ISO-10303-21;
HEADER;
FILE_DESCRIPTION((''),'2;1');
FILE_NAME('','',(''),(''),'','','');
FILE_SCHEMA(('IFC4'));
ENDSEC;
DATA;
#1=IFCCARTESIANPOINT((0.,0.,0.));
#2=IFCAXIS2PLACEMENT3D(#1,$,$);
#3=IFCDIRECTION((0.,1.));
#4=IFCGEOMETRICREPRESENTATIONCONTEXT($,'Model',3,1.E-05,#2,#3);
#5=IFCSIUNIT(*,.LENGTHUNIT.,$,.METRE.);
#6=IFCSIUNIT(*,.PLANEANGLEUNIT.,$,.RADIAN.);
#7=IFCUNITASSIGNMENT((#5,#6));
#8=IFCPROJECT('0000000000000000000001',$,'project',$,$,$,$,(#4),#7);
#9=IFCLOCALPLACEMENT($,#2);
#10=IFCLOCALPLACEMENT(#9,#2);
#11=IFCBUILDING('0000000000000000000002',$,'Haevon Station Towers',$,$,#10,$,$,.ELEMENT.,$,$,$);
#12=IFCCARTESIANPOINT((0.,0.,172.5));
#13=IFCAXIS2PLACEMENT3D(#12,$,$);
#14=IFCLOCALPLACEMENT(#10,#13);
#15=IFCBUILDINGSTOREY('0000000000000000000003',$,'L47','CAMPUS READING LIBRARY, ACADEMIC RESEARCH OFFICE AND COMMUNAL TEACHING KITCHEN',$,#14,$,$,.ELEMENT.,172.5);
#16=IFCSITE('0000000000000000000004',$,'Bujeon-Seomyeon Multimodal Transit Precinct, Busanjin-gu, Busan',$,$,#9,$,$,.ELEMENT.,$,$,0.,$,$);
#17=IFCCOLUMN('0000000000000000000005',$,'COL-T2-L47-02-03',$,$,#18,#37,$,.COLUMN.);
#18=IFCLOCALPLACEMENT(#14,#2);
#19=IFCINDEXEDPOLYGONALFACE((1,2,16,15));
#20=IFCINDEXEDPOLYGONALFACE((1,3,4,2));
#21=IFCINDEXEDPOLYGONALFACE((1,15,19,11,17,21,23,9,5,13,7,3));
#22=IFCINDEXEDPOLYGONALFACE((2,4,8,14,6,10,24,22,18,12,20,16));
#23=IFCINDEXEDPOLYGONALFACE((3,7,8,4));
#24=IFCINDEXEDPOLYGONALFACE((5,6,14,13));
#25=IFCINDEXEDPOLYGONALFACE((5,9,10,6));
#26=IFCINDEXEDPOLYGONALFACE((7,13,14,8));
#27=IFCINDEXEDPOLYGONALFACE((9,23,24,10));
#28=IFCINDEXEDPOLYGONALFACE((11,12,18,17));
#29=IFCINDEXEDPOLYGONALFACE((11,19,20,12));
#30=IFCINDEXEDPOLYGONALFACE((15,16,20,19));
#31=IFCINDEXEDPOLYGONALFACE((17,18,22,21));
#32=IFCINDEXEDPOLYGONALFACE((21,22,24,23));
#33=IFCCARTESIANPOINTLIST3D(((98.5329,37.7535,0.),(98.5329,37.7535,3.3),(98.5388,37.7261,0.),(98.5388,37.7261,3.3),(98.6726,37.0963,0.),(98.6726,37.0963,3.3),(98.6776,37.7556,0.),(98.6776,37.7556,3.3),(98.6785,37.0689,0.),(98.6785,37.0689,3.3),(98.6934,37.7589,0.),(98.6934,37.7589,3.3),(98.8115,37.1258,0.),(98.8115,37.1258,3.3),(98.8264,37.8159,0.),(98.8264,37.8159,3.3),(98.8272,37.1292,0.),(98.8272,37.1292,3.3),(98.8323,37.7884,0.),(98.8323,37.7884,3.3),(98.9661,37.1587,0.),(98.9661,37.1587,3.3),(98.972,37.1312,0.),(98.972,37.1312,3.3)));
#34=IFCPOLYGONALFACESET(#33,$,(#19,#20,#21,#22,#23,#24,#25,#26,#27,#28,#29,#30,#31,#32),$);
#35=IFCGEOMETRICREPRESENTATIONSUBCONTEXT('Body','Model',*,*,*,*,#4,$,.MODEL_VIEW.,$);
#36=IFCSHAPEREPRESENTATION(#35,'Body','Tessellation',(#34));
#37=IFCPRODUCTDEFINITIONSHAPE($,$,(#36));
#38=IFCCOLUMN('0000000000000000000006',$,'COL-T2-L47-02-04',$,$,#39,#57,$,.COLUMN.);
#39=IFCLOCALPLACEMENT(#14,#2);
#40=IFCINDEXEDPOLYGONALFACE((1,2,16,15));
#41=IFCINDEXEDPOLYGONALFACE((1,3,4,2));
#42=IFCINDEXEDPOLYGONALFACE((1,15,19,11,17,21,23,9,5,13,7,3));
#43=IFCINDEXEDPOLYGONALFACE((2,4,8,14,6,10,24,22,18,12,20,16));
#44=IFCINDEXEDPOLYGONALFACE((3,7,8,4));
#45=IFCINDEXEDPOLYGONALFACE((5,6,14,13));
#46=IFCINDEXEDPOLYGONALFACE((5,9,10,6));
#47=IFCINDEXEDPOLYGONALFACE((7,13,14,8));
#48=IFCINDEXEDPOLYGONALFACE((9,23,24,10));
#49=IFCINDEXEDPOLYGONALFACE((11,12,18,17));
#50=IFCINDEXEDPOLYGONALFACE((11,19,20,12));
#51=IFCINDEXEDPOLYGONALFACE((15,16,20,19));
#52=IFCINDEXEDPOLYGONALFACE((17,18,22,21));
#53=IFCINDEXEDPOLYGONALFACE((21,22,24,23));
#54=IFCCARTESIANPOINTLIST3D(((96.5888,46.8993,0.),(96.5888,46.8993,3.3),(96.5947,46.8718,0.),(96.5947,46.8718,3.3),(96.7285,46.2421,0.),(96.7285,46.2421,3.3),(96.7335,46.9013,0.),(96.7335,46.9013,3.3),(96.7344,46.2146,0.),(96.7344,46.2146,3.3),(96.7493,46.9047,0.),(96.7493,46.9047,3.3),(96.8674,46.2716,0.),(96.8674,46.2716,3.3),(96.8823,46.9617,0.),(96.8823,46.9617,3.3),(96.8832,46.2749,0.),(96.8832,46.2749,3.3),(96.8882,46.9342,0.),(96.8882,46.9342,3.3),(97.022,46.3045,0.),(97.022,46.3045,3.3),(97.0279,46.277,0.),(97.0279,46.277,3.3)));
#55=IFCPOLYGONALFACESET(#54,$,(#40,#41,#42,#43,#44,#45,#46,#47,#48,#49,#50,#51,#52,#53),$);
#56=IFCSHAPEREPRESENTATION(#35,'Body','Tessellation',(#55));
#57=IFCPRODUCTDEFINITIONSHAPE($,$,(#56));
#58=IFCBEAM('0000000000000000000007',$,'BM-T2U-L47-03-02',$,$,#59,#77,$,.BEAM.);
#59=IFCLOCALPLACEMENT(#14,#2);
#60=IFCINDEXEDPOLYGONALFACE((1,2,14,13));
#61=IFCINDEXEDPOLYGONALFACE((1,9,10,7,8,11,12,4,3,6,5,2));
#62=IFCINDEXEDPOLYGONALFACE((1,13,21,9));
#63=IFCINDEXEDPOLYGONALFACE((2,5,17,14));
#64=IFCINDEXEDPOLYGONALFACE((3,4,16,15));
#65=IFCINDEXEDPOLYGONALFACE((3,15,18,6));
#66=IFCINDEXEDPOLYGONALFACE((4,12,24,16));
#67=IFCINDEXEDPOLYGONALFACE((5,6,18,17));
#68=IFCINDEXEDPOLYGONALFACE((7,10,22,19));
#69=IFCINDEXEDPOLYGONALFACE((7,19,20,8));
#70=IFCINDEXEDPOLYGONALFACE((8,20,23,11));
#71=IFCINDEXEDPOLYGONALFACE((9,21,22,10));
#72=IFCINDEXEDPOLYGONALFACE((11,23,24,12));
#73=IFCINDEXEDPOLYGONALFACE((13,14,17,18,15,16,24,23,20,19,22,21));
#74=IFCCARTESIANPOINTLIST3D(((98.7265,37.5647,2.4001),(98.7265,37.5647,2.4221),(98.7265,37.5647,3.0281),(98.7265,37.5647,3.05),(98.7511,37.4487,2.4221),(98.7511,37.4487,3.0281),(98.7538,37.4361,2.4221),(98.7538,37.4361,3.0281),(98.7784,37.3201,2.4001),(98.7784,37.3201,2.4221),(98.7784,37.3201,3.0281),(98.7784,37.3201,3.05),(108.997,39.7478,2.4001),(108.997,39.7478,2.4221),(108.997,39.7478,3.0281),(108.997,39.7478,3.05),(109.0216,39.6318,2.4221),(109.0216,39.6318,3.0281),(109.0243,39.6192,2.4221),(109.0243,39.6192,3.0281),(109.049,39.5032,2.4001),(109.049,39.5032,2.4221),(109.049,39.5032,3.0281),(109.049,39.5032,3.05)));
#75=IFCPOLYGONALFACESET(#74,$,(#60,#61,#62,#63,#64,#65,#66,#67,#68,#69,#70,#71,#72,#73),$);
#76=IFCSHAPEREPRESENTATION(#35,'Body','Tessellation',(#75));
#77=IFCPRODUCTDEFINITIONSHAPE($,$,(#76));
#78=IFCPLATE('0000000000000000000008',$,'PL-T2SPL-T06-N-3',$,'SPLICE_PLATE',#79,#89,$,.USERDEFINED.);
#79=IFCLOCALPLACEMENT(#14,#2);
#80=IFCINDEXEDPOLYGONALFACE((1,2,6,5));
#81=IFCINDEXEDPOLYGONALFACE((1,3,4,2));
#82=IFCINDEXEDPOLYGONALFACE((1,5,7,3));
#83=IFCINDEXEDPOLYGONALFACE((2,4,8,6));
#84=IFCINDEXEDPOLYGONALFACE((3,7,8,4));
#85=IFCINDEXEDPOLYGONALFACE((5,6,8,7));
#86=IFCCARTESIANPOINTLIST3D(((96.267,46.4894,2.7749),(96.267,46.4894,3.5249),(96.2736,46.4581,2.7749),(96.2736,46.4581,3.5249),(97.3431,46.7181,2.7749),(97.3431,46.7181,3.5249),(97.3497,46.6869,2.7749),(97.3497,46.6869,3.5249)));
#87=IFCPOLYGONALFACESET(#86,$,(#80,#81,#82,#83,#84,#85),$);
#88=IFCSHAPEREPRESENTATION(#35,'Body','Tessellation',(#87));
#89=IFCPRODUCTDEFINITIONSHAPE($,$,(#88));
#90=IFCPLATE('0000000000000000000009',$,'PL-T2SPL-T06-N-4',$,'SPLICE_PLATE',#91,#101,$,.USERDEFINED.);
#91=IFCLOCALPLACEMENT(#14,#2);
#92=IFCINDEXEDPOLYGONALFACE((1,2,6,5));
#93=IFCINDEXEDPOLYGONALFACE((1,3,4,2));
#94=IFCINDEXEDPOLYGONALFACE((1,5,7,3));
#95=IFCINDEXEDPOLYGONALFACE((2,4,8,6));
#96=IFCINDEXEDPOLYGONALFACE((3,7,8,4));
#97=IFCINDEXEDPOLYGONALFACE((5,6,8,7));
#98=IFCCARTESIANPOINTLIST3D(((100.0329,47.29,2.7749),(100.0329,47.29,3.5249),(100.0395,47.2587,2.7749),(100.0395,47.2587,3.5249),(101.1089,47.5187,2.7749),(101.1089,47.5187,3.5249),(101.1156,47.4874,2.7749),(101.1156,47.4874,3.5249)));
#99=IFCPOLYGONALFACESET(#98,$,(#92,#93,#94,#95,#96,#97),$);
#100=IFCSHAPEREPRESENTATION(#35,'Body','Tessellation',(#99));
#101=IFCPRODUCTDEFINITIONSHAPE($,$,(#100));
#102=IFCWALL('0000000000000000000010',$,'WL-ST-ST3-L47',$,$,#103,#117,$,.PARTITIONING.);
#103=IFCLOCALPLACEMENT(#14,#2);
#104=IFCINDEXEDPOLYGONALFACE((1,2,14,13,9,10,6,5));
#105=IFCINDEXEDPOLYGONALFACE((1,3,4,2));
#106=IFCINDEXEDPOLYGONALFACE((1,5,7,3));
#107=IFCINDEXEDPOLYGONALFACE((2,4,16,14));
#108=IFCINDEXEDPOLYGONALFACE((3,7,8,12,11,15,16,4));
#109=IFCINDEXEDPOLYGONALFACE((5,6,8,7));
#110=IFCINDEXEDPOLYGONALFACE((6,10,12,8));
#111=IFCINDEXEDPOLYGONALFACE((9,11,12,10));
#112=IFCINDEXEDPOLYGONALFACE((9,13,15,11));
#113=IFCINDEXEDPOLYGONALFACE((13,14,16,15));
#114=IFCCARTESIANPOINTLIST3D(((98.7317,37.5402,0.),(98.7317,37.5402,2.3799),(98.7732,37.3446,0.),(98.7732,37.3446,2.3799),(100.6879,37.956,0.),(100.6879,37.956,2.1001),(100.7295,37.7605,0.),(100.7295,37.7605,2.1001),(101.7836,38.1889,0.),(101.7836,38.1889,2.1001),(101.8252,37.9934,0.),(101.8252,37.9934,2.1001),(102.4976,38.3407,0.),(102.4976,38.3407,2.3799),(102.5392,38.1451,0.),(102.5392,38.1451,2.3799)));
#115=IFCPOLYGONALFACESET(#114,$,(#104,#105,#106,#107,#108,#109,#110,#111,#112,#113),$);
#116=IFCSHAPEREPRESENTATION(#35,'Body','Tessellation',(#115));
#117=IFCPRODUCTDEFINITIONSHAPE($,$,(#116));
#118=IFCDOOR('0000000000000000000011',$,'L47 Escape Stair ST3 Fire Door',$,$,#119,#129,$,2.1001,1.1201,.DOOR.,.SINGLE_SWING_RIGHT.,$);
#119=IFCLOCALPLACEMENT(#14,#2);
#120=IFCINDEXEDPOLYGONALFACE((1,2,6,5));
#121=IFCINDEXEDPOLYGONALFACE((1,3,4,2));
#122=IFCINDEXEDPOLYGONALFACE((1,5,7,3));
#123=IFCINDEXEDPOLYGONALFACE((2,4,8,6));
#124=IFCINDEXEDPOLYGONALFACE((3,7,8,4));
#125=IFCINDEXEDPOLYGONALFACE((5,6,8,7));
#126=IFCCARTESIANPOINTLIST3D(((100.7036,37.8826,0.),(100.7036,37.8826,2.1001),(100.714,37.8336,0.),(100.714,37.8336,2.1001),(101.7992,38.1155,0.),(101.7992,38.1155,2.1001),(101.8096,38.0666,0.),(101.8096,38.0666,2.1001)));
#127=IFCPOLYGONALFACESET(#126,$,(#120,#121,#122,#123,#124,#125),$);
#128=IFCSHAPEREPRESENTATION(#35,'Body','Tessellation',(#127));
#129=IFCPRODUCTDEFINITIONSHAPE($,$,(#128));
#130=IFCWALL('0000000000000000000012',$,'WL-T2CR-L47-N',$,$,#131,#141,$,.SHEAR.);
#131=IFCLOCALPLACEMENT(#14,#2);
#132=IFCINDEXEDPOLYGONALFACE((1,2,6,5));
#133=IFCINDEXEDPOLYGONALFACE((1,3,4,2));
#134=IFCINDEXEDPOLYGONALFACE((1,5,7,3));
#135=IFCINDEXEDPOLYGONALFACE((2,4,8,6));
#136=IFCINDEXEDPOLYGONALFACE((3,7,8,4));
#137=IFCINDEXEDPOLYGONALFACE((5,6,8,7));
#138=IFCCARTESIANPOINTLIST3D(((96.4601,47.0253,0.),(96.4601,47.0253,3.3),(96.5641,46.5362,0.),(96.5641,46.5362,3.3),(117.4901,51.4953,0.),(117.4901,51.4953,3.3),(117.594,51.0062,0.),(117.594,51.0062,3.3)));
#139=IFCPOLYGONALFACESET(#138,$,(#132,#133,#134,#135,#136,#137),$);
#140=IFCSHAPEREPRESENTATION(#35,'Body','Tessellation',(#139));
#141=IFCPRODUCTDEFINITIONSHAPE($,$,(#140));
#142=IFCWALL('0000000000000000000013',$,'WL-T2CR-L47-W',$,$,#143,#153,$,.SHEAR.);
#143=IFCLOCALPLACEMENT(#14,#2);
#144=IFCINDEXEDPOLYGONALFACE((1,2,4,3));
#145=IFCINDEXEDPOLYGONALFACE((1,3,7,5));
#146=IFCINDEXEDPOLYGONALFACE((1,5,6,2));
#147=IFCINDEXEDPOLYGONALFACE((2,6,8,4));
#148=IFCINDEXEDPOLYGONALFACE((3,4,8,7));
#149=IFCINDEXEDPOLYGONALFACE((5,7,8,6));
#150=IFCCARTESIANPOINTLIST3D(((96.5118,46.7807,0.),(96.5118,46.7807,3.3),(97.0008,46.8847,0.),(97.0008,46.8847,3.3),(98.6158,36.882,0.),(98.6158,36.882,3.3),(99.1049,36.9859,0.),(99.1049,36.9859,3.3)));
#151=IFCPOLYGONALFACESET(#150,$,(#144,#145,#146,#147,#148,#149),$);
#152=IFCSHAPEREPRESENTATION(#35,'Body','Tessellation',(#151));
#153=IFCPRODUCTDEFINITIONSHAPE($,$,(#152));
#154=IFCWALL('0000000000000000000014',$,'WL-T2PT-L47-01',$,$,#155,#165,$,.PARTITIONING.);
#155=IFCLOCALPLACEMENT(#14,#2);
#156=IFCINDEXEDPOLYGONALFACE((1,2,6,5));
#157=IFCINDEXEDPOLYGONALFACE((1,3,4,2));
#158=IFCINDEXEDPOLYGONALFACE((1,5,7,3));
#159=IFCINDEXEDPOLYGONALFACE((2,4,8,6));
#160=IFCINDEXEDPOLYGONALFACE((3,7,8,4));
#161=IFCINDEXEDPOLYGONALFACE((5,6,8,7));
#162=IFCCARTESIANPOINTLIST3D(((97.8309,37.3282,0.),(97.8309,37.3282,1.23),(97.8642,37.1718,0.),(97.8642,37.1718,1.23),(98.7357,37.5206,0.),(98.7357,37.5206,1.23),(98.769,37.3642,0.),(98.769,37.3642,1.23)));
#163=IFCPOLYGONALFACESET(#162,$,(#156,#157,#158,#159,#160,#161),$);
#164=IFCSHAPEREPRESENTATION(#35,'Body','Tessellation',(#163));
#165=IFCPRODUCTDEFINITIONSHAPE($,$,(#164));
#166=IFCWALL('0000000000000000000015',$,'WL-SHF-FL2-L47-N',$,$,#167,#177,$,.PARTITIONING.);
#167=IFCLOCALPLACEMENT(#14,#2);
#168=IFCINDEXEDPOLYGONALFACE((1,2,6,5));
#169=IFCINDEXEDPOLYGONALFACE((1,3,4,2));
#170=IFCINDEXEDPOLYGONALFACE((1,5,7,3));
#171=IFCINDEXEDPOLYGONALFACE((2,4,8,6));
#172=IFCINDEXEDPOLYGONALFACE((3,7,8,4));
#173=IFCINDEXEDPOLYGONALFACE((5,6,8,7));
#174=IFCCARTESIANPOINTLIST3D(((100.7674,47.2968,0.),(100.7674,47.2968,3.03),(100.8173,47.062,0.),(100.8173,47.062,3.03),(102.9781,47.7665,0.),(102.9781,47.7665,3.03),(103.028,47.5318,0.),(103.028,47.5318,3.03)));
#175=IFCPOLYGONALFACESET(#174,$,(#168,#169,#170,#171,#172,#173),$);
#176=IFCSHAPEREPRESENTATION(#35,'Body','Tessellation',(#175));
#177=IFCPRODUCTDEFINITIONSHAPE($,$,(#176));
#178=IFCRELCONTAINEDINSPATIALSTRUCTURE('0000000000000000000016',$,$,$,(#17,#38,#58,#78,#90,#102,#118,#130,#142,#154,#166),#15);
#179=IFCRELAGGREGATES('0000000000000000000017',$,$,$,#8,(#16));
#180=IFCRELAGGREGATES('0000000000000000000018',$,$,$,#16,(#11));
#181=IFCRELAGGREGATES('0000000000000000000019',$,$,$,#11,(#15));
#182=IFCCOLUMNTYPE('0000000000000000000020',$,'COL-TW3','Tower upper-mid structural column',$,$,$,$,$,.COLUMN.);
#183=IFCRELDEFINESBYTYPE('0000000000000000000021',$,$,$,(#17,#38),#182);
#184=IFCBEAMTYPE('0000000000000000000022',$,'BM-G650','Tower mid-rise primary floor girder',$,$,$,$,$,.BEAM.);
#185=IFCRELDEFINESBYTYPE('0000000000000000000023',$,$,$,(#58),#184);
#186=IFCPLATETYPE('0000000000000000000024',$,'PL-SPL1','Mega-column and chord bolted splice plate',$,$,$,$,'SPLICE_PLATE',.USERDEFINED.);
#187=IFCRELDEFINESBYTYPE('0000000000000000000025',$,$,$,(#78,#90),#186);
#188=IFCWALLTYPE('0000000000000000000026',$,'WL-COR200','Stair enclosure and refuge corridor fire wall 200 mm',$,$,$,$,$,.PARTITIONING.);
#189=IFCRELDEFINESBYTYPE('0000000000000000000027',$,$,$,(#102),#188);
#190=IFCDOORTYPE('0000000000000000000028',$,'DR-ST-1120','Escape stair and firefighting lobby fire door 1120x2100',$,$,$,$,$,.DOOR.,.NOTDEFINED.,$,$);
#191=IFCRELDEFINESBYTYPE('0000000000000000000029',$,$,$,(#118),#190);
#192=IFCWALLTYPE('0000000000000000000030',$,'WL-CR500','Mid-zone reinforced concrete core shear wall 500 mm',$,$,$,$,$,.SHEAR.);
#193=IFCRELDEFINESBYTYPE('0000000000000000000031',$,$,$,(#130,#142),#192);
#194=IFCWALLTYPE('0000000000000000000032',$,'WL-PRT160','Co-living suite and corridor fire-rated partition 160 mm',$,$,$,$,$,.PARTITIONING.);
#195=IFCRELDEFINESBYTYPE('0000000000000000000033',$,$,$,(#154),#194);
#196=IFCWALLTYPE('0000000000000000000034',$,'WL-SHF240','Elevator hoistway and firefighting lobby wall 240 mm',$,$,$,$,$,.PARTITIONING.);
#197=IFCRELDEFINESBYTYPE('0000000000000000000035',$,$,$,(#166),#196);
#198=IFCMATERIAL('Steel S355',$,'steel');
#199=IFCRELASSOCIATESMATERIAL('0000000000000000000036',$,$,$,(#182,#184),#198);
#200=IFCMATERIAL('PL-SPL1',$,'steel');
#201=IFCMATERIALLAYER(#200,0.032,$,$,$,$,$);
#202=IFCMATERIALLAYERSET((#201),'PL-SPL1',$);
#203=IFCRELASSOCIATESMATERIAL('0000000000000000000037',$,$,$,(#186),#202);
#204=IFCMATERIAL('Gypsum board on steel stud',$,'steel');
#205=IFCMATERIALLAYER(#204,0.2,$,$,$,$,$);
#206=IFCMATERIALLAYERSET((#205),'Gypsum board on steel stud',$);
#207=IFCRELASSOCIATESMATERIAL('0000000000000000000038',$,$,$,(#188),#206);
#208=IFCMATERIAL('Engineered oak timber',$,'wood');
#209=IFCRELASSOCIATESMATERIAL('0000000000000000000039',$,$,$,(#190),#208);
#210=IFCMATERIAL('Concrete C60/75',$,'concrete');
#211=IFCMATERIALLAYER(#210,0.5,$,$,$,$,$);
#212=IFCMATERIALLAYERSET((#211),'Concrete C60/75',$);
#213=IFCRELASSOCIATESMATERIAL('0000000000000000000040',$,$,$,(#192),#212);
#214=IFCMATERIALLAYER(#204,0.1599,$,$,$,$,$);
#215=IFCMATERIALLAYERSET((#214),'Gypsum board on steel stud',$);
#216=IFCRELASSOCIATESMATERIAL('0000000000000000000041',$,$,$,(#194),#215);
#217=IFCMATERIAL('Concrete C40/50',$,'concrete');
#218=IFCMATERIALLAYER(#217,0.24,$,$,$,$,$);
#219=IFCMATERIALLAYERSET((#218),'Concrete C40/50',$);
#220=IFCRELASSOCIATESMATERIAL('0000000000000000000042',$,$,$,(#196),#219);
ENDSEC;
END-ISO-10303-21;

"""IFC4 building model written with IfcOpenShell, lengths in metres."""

from ifc_helpers import new_model, si_unit, direction, frame, frame_2d, origin, origin_2d, place, context, subcontext, project, spatial, rectangle, i_section, extrude, material, layer, layer_set, material_profile, profile_set, type_object, element, fill, save


model = new_model("IFC4")

# Units and contexts
model_context = context("Model", 3, precision=1e-05, world=origin(), true_north=direction((0.0, 1.0)))
body_context = subcontext(model_context, "Body", "Model", "MODEL_VIEW")
ifc_project = project(units=[si_unit("LENGTHUNIT", "METRE"), si_unit("PLANEANGLEUNIT", "RADIAN")], contexts=[model_context])

# Site, building, storey
site_placement = place(None, origin())
site = spatial("IfcSite", under=ifc_project, at=site_placement, Name="Bujeon-Seomyeon Multimodal Transit Precinct, Busanjin-gu, Busan", CompositionType="ELEMENT", RefElevation=0.0)
building_placement = place(site_placement, origin())
building = spatial("IfcBuilding", under=site, at=building_placement, Name="Haevon Station Towers", CompositionType="ELEMENT")
storey_placement = place(building_placement, frame((0.0, 0.0, 172.5)))
storey = spatial("IfcBuildingStorey", under=building, at=storey_placement, Name="L47", Description="CAMPUS READING LIBRARY, ACADEMIC RESEARCH OFFICE AND COMMUNAL TEACHING KITCHEN", CompositionType="ELEMENT", Elevation=172.5)

# Columns
ifc_material_1 = material(Name="Steel S355", Category="steel")
ifc_material_profile_1 = material_profile(ifc_material_1, i_section(OverallWidth=0.3, OverallDepth=0.7, WebThickness=0.0161, FlangeThickness=0.0281, at=origin_2d()), Name="H-700x300x16x28")
ifc_profile_set_1 = profile_set([ifc_material_profile_1], Name="Steel S355")
column_type = type_object("IfcColumnType", Name="COL-TW3", Description="Tower upper-mid structural column", PredefinedType="COLUMN", material=ifc_profile_set_1)
for number, where, z_axis, x_axis, name in (
    (1, (98.7524, 37.4424, 0.0), (0.0, 0.0, 1.0), (0.978148, 0.207912, 0.0), "COL-T2-L47-02-03"),
    (2, (96.8083, 46.5881, 0.0), (0.0, 0.0, 1.0), (0.978148, 0.207912, 0.0), "COL-T2-L47-02-04"),
):
    element("IfcColumn", number, at=place(storey_placement, frame(where, z_axis=z_axis, x_axis=x_axis)), inside=storey, type_object=column_type, Name=name, PredefinedType="COLUMN", context=body_context, shape_type="SweptSolid", body=[
        extrude(i_section(OverallWidth=0.3, OverallDepth=0.7, WebThickness=0.0161, FlangeThickness=0.0281, at=origin_2d()), origin(), (0.0, 0.0, 1.0), 3.3),
    ])

# Beam
ifc_material_profile_2 = material_profile(ifc_material_1, i_section(OverallWidth=0.25, OverallDepth=0.6499, WebThickness=0.0129, FlangeThickness=0.022, at=origin_2d()), Name="H-650x250x13x22")
ifc_profile_set_2 = profile_set([ifc_material_profile_2], Name="Steel S355")
beam_type = type_object("IfcBeamType", Name="BM-G650", Description="Tower mid-rise primary floor girder", PredefinedType="BEAM", material=ifc_profile_set_2)
beam_placement = place(storey_placement, frame((98.7524, 37.4424, 2.7251), z_axis=(0.978147, 0.207915, 0.0), x_axis=(-0.207915, 0.978147, 0.0)))
element("IfcBeam", 3, at=beam_placement, inside=storey, type_object=beam_type, Name="BM-T2U-L47-03-02", PredefinedType="BEAM", context=body_context, shape_type="SweptSolid", body=[
    extrude(i_section(OverallWidth=0.25, OverallDepth=0.6499, WebThickness=0.0129, FlangeThickness=0.022, at=origin_2d()), origin(), (0.0, 0.0, 1.0), 10.5),
])

# Plates
ifc_material_2 = material(Name="PL-SPL1", Category="steel")
ifc_layer_1 = layer(ifc_material_2, 0.032)
ifc_layer_set_1 = layer_set([ifc_layer_1], Name="PL-SPL1")
plate_type = type_object("IfcPlateType", Name="PL-SPL1", Description="Mega-column and chord bolted splice plate", ElementType="SPLICE_PLATE", PredefinedType="USERDEFINED", material=ifc_layer_set_1)
for number, where, z_axis, x_axis, name in (
    (4, (96.8083, 46.5881, 2.7749), (0.0, 0.0, 1.0), (0.978148, 0.207912, 0.0), "PL-T2SPL-T06-N-3"),
    (5, (100.5742, 47.3887, 2.7749), (0.0, 0.0, 1.0), (0.978148, 0.207912, 0.0), "PL-T2SPL-T06-N-4"),
):
    element("IfcPlate", number, at=place(storey_placement, frame(where, z_axis=z_axis, x_axis=x_axis)), inside=storey, type_object=plate_type, Name=name, ObjectType="SPLICE_PLATE", PredefinedType="USERDEFINED", context=body_context, shape_type="SweptSolid", body=[
        extrude(rectangle(XDim=1.1001, YDim=0.032, at=origin_2d()), origin(), (0.0, 0.0, 1.0), 0.75),
    ])

# Wall, opening, door
ifc_material_3 = material(Name="Gypsum board on steel stud", Category="steel")
ifc_layer_2 = layer(ifc_material_3, 0.2)
ifc_layer_set_2 = layer_set([ifc_layer_2], Name="Gypsum board on steel stud")
wall_type_1 = type_object("IfcWallType", Name="WL-COR200", Description="Stair enclosure and refuge corridor fire wall 200 mm", PredefinedType="PARTITIONING", material=ifc_layer_set_2)
wall_1_placement = place(storey_placement, frame((98.7524, 37.4424, 0.0), z_axis=(0.0, 0.0, 1.0), x_axis=(0.978144, 0.207931, 0.0)))
wall_1 = element("IfcWall", 6, at=wall_1_placement, inside=storey, type_object=wall_type_1, Name="WL-ST-ST3-L47", PredefinedType="PARTITIONING", context=body_context, shape_type="SweptSolid", body=[
    extrude(rectangle(XDim=3.8501, YDim=0.2, at=frame_2d((1.925, 0.0))), origin(), (0.0, 0.0, 1.0), 2.3799),
])
opening_1_placement = place(wall_1_placement, frame((2.0, 0.0, 0.0)))
opening_1 = element("IfcOpeningElement", 7, at=opening_1_placement, cuts=wall_1, PredefinedType="OPENING", context=body_context, shape_type="SweptSolid", body=[
    extrude(rectangle(XDim=1.1201, YDim=2.1001, at=frame_2d((0.5601, 1.05))), frame((0.0, 0.1099, 0.0), z_axis=(0.0, -1.0, 0.0), x_axis=(1.0, 0.0, 0.0)), (0.0, 0.0, 1.0), 0.22),
])
ifc_material_4 = material(Name="Engineered oak timber", Category="wood")
door_type_1 = type_object("IfcDoorType", Name="DR-ST-1120", Description="Escape stair and firefighting lobby fire door 1120x2100", OperationType="NOTDEFINED", PredefinedType="DOOR", material=ifc_material_4)
door_1_placement = place(opening_1_placement, origin())
door_1 = element("IfcDoor", 8, at=door_1_placement, inside=storey, type_object=door_type_1, Name="L47 Escape Stair ST3 Fire Door", OperationType="SINGLE_SWING_RIGHT", OverallHeight=2.1001, OverallWidth=1.1201, PredefinedType="DOOR", context=body_context, shape_type="SweptSolid", body=[
    extrude(rectangle(XDim=1.1201, YDim=2.1001, at=frame_2d((0.5601, 1.05))), frame((0.0, 0.0249, 0.0), z_axis=(0.0, -1.0, 0.0), x_axis=(1.0, 0.0, 0.0)), (0.0, 0.0, 1.0), 0.05),
])
fill(opening_1, door_1)

# Walls
ifc_material_5 = material(Name="Concrete C60/75", Category="concrete")
ifc_layer_3 = layer(ifc_material_5, 0.5)
ifc_layer_set_3 = layer_set([ifc_layer_3], Name="Concrete C60/75")
wall_type_2 = type_object("IfcWallType", Name="WL-CR500", Description="Mid-zone reinforced concrete core shear wall 500 mm", PredefinedType="SHEAR", material=ifc_layer_set_3)
wall_2_placement = place(storey_placement, frame((96.512, 46.7808, 0.0), z_axis=(0.0, 0.0, 1.0), x_axis=(0.978149, 0.207907, 0.0)))
element("IfcWall", 9, at=wall_2_placement, inside=storey, type_object=wall_type_2, Name="WL-T2CR-L47-N", PredefinedType="SHEAR", context=body_context, shape_type="SweptSolid", body=[
    extrude(rectangle(XDim=21.4998, YDim=0.5, at=frame_2d((10.75, 0.0))), origin(), (0.0, 0.0, 1.0), 3.3),
])
wall_3_placement = place(storey_placement, frame((98.8604, 36.9338, 0.0), z_axis=(0.0, 0.0, 1.0), x_axis=(-0.207909, 0.978148, 0.0)))
element("IfcWall", 10, at=wall_3_placement, inside=storey, type_object=wall_type_2, Name="WL-T2CR-L47-W", PredefinedType="SHEAR", context=body_context, shape_type="SweptSolid", body=[
    extrude(rectangle(XDim=10.1199, YDim=0.5, at=frame_2d((5.0601, 0.0))), origin(), (0.0, 0.0, 1.0), 3.3),
])
ifc_layer_4 = layer(ifc_material_3, 0.1599)
ifc_layer_set_4 = layer_set([ifc_layer_4], Name="Gypsum board on steel stud")
wall_type_3 = type_object("IfcWallType", Name="WL-PRT160", Description="Co-living suite and corridor fire-rated partition 160 mm", PredefinedType="PARTITIONING", material=ifc_layer_set_4)
wall_4_placement = place(storey_placement, frame((97.8477, 37.25, 0.0), z_axis=(0.0, 0.0, 1.0), x_axis=(0.978133, 0.207979, 0.0)))
element("IfcWall", 11, at=wall_4_placement, inside=storey, type_object=wall_type_3, Name="WL-T2PT-L47-01", PredefinedType="PARTITIONING", context=body_context, shape_type="SweptSolid", body=[
    extrude(rectangle(XDim=0.925, YDim=0.1599, at=frame_2d((0.4624, 0.0))), origin(), (0.0, 0.0, 1.0), 1.23),
])

# Shared definitions
ifc_material_6 = material(Name="Concrete C40/50", Category="concrete")
ifc_layer_5 = layer(ifc_material_6, 0.24)
ifc_layer_set_5 = layer_set([ifc_layer_5], Name="Concrete C40/50")
wall_type_4 = type_object("IfcWallType", Name="WL-SHF240", Description="Elevator hoistway and firefighting lobby wall 240 mm", PredefinedType="PARTITIONING", material=ifc_layer_set_5)

# Wall
wall_5_placement = place(storey_placement, frame((100.7925, 47.1794, 0.0), z_axis=(0.0, 0.0, 1.0), x_axis=(0.978163, 0.207839, 0.0)))
element("IfcWall", 12, at=wall_5_placement, inside=storey, type_object=wall_type_4, Name="WL-SHF-FL2-L47-N", PredefinedType="PARTITIONING", context=body_context, shape_type="SweptSolid", body=[
    extrude(rectangle(XDim=2.26, YDim=0.24, at=frame_2d((1.1299, 0.0))), origin(), (0.0, 0.0, 1.0), 3.03),
])

save(model, "model.ifc")
